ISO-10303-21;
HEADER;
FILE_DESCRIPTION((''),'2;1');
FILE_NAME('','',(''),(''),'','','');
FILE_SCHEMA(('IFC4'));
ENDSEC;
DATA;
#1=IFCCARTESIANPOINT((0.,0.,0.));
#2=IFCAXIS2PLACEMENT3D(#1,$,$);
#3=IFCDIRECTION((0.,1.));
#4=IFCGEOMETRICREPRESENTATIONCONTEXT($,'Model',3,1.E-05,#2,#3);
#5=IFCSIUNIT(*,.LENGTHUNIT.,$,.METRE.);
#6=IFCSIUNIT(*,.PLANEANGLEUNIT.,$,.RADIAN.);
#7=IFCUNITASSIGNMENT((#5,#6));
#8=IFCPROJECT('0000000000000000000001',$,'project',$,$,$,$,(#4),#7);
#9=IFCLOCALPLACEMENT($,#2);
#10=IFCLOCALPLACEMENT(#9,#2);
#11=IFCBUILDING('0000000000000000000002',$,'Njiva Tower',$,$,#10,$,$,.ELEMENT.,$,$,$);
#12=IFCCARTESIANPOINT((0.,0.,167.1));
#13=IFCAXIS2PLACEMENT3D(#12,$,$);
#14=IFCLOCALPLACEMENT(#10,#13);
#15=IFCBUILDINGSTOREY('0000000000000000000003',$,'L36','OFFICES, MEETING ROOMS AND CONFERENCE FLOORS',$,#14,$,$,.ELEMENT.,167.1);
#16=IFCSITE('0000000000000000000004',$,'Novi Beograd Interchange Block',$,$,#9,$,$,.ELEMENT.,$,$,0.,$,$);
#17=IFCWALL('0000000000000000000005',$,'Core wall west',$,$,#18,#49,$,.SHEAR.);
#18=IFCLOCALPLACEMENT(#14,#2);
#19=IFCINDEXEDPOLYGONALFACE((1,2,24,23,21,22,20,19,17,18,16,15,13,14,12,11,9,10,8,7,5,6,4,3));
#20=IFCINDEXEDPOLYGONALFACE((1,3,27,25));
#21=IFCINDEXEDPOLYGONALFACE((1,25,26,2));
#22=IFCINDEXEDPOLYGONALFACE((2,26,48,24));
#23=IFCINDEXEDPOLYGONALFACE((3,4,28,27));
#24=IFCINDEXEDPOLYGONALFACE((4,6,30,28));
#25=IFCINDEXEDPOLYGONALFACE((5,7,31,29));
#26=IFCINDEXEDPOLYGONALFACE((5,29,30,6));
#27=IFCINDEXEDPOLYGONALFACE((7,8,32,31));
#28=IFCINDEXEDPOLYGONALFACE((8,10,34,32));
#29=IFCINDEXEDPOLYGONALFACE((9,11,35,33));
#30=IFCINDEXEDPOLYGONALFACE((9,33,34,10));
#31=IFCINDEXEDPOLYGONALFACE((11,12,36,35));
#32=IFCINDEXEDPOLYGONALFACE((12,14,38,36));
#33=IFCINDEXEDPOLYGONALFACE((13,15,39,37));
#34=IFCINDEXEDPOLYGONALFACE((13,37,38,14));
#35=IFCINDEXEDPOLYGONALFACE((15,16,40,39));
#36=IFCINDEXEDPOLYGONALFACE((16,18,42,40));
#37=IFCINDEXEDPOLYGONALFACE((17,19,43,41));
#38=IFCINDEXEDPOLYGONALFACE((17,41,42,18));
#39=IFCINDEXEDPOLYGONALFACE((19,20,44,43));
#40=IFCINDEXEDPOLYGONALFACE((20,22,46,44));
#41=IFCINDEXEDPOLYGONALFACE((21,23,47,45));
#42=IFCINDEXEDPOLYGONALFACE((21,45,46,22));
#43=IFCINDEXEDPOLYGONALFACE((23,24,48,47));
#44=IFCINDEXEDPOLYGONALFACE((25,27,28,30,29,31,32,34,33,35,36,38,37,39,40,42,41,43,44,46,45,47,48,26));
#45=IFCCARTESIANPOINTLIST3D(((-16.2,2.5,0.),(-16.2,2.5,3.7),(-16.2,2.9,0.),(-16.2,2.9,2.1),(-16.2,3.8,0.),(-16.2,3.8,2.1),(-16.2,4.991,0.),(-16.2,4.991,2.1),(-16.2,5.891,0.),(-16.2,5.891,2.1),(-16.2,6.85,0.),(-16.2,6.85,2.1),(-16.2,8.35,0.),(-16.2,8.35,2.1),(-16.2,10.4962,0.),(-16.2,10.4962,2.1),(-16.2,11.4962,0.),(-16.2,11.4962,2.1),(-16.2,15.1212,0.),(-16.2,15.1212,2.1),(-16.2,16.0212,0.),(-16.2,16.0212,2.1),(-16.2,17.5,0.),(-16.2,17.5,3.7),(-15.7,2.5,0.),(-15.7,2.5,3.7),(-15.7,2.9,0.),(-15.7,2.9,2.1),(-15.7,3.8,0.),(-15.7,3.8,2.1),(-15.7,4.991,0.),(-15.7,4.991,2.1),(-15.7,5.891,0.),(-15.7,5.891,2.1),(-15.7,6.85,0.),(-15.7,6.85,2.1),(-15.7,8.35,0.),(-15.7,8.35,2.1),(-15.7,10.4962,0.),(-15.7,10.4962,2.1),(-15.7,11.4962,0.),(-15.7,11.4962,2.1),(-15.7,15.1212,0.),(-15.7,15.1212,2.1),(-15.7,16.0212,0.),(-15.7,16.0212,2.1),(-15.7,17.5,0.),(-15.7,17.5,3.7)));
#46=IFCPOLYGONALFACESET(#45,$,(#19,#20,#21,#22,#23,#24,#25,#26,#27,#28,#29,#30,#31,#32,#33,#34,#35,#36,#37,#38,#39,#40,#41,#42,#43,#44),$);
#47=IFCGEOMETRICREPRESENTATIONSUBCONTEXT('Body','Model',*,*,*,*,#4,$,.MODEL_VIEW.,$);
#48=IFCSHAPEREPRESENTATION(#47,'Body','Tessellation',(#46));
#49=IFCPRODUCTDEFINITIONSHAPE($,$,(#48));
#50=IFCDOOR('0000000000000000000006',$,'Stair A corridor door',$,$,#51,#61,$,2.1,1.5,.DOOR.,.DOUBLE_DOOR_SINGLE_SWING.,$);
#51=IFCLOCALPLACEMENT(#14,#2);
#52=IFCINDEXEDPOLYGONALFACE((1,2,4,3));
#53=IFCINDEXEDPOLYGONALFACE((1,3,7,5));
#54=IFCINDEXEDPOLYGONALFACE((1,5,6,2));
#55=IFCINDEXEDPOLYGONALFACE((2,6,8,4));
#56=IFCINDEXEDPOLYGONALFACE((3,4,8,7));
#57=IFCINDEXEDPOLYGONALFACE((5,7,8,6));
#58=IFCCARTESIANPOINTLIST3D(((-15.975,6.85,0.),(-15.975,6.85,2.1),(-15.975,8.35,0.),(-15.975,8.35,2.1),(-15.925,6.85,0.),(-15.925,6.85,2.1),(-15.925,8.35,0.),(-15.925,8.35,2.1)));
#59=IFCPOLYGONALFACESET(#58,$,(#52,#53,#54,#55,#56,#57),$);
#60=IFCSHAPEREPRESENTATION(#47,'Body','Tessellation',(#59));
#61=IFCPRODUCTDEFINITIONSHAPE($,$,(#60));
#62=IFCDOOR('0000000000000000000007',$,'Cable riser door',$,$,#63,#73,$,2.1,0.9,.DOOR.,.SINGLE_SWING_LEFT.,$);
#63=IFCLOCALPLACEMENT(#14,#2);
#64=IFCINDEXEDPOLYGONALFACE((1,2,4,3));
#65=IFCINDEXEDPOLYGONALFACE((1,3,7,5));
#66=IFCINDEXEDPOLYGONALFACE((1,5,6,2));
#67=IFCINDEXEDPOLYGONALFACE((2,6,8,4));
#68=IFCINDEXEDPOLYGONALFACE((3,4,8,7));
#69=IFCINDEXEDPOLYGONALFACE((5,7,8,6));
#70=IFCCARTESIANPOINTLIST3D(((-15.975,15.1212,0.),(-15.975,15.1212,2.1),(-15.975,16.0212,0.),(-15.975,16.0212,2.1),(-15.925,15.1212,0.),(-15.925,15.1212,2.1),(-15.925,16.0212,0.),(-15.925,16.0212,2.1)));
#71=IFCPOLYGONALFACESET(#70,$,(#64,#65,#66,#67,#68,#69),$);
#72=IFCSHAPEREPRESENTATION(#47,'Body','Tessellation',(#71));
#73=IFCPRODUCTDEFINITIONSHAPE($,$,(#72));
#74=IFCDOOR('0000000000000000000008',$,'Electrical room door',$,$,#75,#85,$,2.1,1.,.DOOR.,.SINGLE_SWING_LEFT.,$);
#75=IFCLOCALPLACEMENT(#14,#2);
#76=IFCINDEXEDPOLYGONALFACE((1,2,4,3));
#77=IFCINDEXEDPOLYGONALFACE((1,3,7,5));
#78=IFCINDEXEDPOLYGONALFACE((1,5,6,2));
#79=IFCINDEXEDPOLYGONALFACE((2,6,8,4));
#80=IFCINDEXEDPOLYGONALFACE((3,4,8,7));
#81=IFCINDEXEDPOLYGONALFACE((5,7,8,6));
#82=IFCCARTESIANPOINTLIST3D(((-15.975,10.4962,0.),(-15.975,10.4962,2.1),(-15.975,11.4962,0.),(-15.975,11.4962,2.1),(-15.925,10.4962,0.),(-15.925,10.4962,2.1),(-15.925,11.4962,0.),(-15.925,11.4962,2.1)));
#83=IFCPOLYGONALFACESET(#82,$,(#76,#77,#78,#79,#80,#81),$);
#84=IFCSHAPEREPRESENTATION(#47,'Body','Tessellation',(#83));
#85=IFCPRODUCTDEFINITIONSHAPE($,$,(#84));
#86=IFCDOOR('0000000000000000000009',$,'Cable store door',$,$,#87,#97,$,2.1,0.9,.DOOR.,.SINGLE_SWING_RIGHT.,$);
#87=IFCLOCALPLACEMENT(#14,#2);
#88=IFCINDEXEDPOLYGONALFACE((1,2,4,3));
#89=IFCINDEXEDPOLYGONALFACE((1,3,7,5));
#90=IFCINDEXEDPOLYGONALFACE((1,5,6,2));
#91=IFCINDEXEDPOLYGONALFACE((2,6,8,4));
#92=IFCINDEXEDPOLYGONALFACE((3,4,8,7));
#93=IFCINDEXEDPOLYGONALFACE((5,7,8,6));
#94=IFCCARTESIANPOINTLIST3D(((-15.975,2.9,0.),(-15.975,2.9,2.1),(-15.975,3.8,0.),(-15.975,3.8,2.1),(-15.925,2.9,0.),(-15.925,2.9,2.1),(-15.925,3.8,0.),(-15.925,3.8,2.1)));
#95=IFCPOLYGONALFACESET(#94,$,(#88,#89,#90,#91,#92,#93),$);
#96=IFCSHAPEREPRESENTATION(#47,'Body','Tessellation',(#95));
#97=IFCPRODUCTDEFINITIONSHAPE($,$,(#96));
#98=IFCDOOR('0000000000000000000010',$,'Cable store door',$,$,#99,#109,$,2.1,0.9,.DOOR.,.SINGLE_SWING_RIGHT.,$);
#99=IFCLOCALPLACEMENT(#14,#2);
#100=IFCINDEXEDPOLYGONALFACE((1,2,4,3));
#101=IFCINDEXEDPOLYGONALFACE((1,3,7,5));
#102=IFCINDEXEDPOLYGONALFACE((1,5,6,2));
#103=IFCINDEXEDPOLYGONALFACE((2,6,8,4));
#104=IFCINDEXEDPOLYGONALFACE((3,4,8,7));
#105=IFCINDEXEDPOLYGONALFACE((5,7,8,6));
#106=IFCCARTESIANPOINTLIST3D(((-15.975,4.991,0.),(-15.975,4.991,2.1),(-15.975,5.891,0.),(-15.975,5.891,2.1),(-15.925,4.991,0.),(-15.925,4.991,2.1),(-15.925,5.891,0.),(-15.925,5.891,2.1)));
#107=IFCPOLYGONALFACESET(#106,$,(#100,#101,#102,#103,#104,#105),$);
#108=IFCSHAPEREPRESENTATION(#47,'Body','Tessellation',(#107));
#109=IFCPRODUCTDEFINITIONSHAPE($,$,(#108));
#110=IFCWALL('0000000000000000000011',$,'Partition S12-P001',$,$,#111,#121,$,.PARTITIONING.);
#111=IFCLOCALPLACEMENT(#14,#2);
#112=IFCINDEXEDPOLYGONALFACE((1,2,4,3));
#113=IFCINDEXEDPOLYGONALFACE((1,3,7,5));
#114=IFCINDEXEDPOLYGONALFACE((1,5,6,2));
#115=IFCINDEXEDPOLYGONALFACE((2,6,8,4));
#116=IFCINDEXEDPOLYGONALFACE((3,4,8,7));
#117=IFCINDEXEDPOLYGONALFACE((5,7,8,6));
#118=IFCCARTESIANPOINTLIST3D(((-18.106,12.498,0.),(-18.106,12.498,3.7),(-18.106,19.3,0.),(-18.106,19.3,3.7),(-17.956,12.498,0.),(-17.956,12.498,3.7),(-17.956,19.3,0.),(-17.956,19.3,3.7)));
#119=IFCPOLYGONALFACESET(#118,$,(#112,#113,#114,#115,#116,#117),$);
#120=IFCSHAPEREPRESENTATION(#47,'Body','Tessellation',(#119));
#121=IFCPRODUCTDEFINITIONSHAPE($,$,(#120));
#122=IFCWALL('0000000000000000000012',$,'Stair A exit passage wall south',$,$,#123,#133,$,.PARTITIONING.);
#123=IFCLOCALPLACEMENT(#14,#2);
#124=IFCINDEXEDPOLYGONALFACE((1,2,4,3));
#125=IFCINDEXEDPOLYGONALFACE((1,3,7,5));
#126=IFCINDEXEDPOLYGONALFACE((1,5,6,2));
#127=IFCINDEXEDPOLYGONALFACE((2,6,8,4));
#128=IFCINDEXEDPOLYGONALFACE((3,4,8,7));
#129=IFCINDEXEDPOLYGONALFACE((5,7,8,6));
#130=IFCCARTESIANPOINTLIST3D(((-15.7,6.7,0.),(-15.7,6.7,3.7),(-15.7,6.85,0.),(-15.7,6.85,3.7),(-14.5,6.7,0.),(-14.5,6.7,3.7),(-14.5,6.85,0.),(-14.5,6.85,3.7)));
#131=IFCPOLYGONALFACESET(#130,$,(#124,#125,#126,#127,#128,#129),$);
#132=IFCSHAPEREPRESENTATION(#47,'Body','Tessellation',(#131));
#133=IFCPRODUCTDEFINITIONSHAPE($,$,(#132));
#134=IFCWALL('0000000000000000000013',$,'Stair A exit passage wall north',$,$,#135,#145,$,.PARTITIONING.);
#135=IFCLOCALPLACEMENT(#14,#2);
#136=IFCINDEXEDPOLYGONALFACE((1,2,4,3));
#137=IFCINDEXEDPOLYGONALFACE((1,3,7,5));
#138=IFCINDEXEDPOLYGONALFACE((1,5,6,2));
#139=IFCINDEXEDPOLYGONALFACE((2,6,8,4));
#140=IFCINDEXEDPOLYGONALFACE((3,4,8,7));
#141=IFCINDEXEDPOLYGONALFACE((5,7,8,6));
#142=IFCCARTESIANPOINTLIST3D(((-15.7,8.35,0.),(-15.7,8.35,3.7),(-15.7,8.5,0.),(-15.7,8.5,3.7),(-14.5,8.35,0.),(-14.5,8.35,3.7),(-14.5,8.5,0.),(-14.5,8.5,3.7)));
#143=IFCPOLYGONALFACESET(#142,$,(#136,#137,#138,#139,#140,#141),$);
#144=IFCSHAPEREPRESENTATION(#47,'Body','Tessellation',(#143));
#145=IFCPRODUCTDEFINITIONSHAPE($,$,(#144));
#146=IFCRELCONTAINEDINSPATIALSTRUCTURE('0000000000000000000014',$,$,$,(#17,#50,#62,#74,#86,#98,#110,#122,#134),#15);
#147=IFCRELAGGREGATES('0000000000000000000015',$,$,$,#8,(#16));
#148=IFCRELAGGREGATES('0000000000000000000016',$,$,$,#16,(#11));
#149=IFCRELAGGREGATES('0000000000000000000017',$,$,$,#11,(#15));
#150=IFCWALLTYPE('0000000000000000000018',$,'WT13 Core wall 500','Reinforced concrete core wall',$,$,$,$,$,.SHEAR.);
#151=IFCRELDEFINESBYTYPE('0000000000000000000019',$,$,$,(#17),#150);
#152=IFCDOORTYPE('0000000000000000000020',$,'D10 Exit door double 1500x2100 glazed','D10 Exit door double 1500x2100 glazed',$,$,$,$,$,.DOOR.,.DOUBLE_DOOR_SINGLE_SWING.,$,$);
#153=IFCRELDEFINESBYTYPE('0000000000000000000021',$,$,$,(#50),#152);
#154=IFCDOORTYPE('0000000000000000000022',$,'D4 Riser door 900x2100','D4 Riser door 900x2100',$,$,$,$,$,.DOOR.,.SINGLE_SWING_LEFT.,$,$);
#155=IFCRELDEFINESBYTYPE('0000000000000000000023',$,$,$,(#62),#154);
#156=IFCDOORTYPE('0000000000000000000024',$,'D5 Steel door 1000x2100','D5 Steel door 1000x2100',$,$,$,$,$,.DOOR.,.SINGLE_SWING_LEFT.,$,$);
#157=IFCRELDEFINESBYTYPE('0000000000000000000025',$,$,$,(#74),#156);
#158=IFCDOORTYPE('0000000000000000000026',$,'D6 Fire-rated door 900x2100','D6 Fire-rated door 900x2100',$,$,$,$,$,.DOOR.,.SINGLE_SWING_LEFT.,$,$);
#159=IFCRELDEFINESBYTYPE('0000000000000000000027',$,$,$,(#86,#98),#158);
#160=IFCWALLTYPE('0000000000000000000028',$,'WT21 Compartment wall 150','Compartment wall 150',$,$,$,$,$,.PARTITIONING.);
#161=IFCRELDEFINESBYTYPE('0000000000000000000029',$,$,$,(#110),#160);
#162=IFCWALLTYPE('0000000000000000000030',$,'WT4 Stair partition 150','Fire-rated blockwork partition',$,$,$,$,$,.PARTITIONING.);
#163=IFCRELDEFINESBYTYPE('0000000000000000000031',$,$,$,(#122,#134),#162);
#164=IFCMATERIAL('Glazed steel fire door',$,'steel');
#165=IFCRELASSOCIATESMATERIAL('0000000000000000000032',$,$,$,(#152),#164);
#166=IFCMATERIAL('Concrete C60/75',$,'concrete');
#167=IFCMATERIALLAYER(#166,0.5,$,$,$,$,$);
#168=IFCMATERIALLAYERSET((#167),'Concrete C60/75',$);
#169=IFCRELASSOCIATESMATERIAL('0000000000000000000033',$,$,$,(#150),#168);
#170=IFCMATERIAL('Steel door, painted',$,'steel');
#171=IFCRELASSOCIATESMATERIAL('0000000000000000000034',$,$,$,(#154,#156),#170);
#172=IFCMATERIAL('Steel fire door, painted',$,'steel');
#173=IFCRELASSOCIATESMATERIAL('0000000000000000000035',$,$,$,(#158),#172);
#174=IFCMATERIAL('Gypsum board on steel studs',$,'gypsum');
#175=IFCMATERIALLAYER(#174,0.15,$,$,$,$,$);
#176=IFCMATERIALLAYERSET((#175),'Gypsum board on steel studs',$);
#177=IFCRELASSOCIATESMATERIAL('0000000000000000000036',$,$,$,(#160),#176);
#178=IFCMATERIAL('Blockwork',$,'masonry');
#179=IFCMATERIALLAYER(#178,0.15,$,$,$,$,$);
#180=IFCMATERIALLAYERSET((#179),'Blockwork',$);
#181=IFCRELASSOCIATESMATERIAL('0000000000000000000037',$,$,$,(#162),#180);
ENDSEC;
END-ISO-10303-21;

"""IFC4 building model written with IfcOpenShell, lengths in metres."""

from ifc_helpers import new_model, si_unit, direction, frame, frame_2d, origin, place, context, subcontext, project, spatial, rectangle, extrude, material, layer, layer_set, type_object, element, fill, save


model = new_model("IFC4")

# Units and contexts
model_context = context("Model", 3, precision=1e-05, world=origin(), true_north=direction((0.0, 1.0)))
body_context = subcontext(model_context, "Body", "Model", "MODEL_VIEW")
ifc_project = project(units=[si_unit("LENGTHUNIT", "METRE"), si_unit("PLANEANGLEUNIT", "RADIAN")], contexts=[model_context])

# Site, building, storey
site_placement = place(None, origin())
site = spatial("IfcSite", under=ifc_project, at=site_placement, Name="Novi Beograd Interchange Block", CompositionType="ELEMENT", RefElevation=0.0)
building_placement = place(site_placement, origin())
building = spatial("IfcBuilding", under=site, at=building_placement, Name="Njiva Tower", CompositionType="ELEMENT")
storey_placement = place(building_placement, frame((0.0, 0.0, 167.1)))
storey = spatial("IfcBuildingStorey", under=building, at=storey_placement, Name="L36", Description="OFFICES, MEETING ROOMS AND CONFERENCE FLOORS", CompositionType="ELEMENT", Elevation=167.1)

# Shared definitions
ifc_material_1 = material(Name="Blockwork", Category="masonry")

# Shared definitions
ifc_material_2 = material(Name="Glazed steel fire door", Category="steel")
door_type_1 = type_object("IfcDoorType", Name="D10 Exit door double 1500x2100 glazed", Description="D10 Exit door double 1500x2100 glazed", OperationType="DOUBLE_DOOR_SINGLE_SWING", PredefinedType="DOOR", material=ifc_material_2)

# Wall, openings, doors
ifc_material_3 = material(Name="Concrete C60/75", Category="concrete")
ifc_layer_1 = layer(ifc_material_3, 0.5)
ifc_layer_set_1 = layer_set([ifc_layer_1], Name="Concrete C60/75")
wall_type_1 = type_object("IfcWallType", Name="WT13 Core wall 500", Description="Reinforced concrete core wall", PredefinedType="SHEAR", material=ifc_layer_set_1)
wall_1_placement = place(storey_placement, frame((-15.95, 2.5, 0.0), z_axis=(0.0, 0.0, 1.0), x_axis=(0.0, 1.0, 0.0)))
wall_1 = element("IfcWall", 1, at=wall_1_placement, inside=storey, type_object=wall_type_1, Name="Core wall west", PredefinedType="SHEAR", context=body_context, shape_type="SweptSolid", body=[
    extrude(rectangle(XDim=15.0, YDim=0.5, at=frame_2d((7.5, 0.0))), origin(), (0.0, 0.0, 1.0), 3.7),
])
opening_1_placement = place(wall_1_placement, frame((4.35, 0.0, 0.0)))
opening_1 = element("IfcOpeningElement", 2, at=opening_1_placement, cuts=wall_1, PredefinedType="OPENING", context=body_context, shape_type="SweptSolid", body=[
    extrude(rectangle(XDim=1.5, YDim=2.1, at=frame_2d((0.75, 1.05))), frame((0.0, 0.26, 0.0), z_axis=(0.0, -1.0, 0.0), x_axis=(1.0, 0.0, 0.0)), (0.0, 0.0, 1.0), 0.52),
])
opening_2_placement = place(wall_1_placement, frame((0.4, 0.0, 0.0)))
opening_2 = element("IfcOpeningElement", 3, at=opening_2_placement, cuts=wall_1, PredefinedType="OPENING", context=body_context, shape_type="SweptSolid", body=[
    extrude(rectangle(XDim=0.9, YDim=2.1, at=frame_2d((0.45, 1.05))), frame((0.0, 0.26, 0.0), z_axis=(0.0, -1.0, 0.0), x_axis=(1.0, 0.0, 0.0)), (0.0, 0.0, 1.0), 0.52),
])
opening_3_placement = place(wall_1_placement, frame((2.491, 0.0, 0.0)))
opening_3 = element("IfcOpeningElement", 4, at=opening_3_placement, cuts=wall_1, PredefinedType="OPENING", context=body_context, shape_type="SweptSolid", body=[
    extrude(rectangle(XDim=0.9, YDim=2.1, at=frame_2d((0.45, 1.05))), frame((0.0, 0.26, 0.0), z_axis=(0.0, -1.0, 0.0), x_axis=(1.0, 0.0, 0.0)), (0.0, 0.0, 1.0), 0.52),
])
opening_4_placement = place(wall_1_placement, frame((7.9962, 0.0, 0.0)))
opening_4 = element("IfcOpeningElement", 5, at=opening_4_placement, cuts=wall_1, PredefinedType="OPENING", context=body_context, shape_type="SweptSolid", body=[
    extrude(rectangle(XDim=1.0, YDim=2.1, at=frame_2d((0.5, 1.05))), frame((0.0, 0.26, 0.0), z_axis=(0.0, -1.0, 0.0), x_axis=(1.0, 0.0, 0.0)), (0.0, 0.0, 1.0), 0.52),
])
opening_5_placement = place(wall_1_placement, frame((12.6212, 0.0, 0.0)))
opening_5 = element("IfcOpeningElement", 6, at=opening_5_placement, cuts=wall_1, PredefinedType="OPENING", context=body_context, shape_type="SweptSolid", body=[
    extrude(rectangle(XDim=0.9, YDim=2.1, at=frame_2d((0.45, 1.05))), frame((0.0, 0.26, 0.0), z_axis=(0.0, -1.0, 0.0), x_axis=(1.0, 0.0, 0.0)), (0.0, 0.0, 1.0), 0.52),
])
door_1_placement = place(opening_1_placement, origin())
door_1 = element("IfcDoor", 7, at=door_1_placement, inside=storey, type_object=door_type_1, Name="Stair A corridor door", OperationType="DOUBLE_DOOR_SINGLE_SWING", OverallHeight=2.1, OverallWidth=1.5, PredefinedType="DOOR", context=body_context, shape_type="SweptSolid", body=[
    extrude(rectangle(XDim=1.5, YDim=2.1, at=frame_2d((0.75, 1.05))), frame((0.0, 0.025, 0.0), z_axis=(0.0, -1.0, 0.0), x_axis=(1.0, 0.0, 0.0)), (0.0, 0.0, 1.0), 0.05),
])
fill(opening_1, door_1)
ifc_material_4 = material(Name="Steel door, painted", Category="steel")
door_type_2 = type_object("IfcDoorType", Name="D4 Riser door 900x2100", Description="D4 Riser door 900x2100", OperationType="SINGLE_SWING_LEFT", PredefinedType="DOOR", material=ifc_material_4)
door_2_placement = place(opening_5_placement, origin())
door_2 = element("IfcDoor", 8, at=door_2_placement, inside=storey, type_object=door_type_2, Name="Cable riser door", OperationType="SINGLE_SWING_LEFT", OverallHeight=2.1, OverallWidth=0.9, PredefinedType="DOOR", context=body_context, shape_type="SweptSolid", body=[
    extrude(rectangle(XDim=0.9, YDim=2.1, at=frame_2d((0.45, 1.05))), frame((0.0, 0.025, 0.0), z_axis=(0.0, -1.0, 0.0), x_axis=(1.0, 0.0, 0.0)), (0.0, 0.0, 1.0), 0.05),
])
fill(opening_5, door_2)
door_type_3 = type_object("IfcDoorType", Name="D5 Steel door 1000x2100", Description="D5 Steel door 1000x2100", OperationType="SINGLE_SWING_LEFT", PredefinedType="DOOR", material=ifc_material_4)
door_3_placement = place(opening_4_placement, origin())
door_3 = element("IfcDoor", 9, at=door_3_placement, inside=storey, type_object=door_type_3, Name="Electrical room door", OperationType="SINGLE_SWING_LEFT", OverallHeight=2.1, OverallWidth=1.0, PredefinedType="DOOR", context=body_context, shape_type="SweptSolid", body=[
    extrude(rectangle(XDim=1.0, YDim=2.1, at=frame_2d((0.5, 1.05))), frame((0.0, 0.025, 0.0), z_axis=(0.0, -1.0, 0.0), x_axis=(1.0, 0.0, 0.0)), (0.0, 0.0, 1.0), 0.05),
])
fill(opening_4, door_3)
ifc_material_5 = material(Name="Steel fire door, painted", Category="steel")
door_type_4 = type_object("IfcDoorType", Name="D6 Fire-rated door 900x2100", Description="D6 Fire-rated door 900x2100", OperationType="SINGLE_SWING_LEFT", PredefinedType="DOOR", material=ifc_material_5)
door_4_placement = place(opening_2_placement, origin())
door_4 = element("IfcDoor", 10, at=door_4_placement, inside=storey, type_object=door_type_4, Name="Cable store door", OperationType="SINGLE_SWING_RIGHT", OverallHeight=2.1, OverallWidth=0.9, PredefinedType="DOOR", context=body_context, shape_type="SweptSolid", body=[
    extrude(rectangle(XDim=0.9, YDim=2.1, at=frame_2d((0.45, 1.05))), frame((0.0, 0.025, 0.0), z_axis=(0.0, -1.0, 0.0), x_axis=(1.0, 0.0, 0.0)), (0.0, 0.0, 1.0), 0.05),
])
fill(opening_2, door_4)
door_5_placement = place(opening_3_placement, origin())
door_5 = element("IfcDoor", 11, at=door_5_placement, inside=storey, type_object=door_type_4, Name="Cable store door", OperationType="SINGLE_SWING_RIGHT", OverallHeight=2.1, OverallWidth=0.9, PredefinedType="DOOR", context=body_context, shape_type="SweptSolid", body=[
    extrude(rectangle(XDim=0.9, YDim=2.1, at=frame_2d((0.45, 1.05))), frame((0.0, 0.025, 0.0), z_axis=(0.0, -1.0, 0.0), x_axis=(1.0, 0.0, 0.0)), (0.0, 0.0, 1.0), 0.05),
])
fill(opening_3, door_5)

# Walls
ifc_material_6 = material(Name="Gypsum board on steel studs", Category="gypsum")
ifc_layer_2 = layer(ifc_material_6, 0.15)
ifc_layer_set_2 = layer_set([ifc_layer_2], Name="Gypsum board on steel studs")
wall_type_2 = type_object("IfcWallType", Name="WT21 Compartment wall 150", Description="Compartment wall 150", PredefinedType="PARTITIONING", material=ifc_layer_set_2)
wall_2_placement = place(storey_placement, frame((-18.031, 12.498, 0.0), z_axis=(0.0, 0.0, 1.0), x_axis=(0.0, 1.0, 0.0)))
element("IfcWall", 12, at=wall_2_placement, inside=storey, type_object=wall_type_2, Name="Partition S12-P001", PredefinedType="PARTITIONING", context=body_context, shape_type="SweptSolid", body=[
    extrude(rectangle(XDim=6.802, YDim=0.15, at=frame_2d((3.401, 0.0))), origin(), (0.0, 0.0, 1.0), 3.7),
])
ifc_layer_3 = layer(ifc_material_1, 0.15)
ifc_layer_set_3 = layer_set([ifc_layer_3], Name="Blockwork")
wall_type_3 = type_object("IfcWallType", Name="WT4 Stair partition 150", Description="Fire-rated blockwork partition", PredefinedType="PARTITIONING", material=ifc_layer_set_3)
for number, where, z_axis, x_axis, name in (
    (13, (-15.7, 6.775, 0.0), (0.0, 0.0, 1.0), (1.0, 0.0, 0.0), "Stair A exit passage wall south"),
    (14, (-15.7, 8.425, 0.0), (0.0, 0.0, 1.0), (1.0, 0.0, 0.0), "Stair A exit passage wall north"),
):
    element("IfcWall", number, at=place(storey_placement, frame(where, z_axis=z_axis, x_axis=x_axis)), inside=storey, type_object=wall_type_3, Name=name, PredefinedType="PARTITIONING", context=body_context, shape_type="SweptSolid", body=[
        extrude(rectangle(XDim=1.2, YDim=0.15, at=frame_2d((0.6, 0.0))), origin(), (0.0, 0.0, 1.0), 3.7),
    ])

save(model, "model.ifc")
